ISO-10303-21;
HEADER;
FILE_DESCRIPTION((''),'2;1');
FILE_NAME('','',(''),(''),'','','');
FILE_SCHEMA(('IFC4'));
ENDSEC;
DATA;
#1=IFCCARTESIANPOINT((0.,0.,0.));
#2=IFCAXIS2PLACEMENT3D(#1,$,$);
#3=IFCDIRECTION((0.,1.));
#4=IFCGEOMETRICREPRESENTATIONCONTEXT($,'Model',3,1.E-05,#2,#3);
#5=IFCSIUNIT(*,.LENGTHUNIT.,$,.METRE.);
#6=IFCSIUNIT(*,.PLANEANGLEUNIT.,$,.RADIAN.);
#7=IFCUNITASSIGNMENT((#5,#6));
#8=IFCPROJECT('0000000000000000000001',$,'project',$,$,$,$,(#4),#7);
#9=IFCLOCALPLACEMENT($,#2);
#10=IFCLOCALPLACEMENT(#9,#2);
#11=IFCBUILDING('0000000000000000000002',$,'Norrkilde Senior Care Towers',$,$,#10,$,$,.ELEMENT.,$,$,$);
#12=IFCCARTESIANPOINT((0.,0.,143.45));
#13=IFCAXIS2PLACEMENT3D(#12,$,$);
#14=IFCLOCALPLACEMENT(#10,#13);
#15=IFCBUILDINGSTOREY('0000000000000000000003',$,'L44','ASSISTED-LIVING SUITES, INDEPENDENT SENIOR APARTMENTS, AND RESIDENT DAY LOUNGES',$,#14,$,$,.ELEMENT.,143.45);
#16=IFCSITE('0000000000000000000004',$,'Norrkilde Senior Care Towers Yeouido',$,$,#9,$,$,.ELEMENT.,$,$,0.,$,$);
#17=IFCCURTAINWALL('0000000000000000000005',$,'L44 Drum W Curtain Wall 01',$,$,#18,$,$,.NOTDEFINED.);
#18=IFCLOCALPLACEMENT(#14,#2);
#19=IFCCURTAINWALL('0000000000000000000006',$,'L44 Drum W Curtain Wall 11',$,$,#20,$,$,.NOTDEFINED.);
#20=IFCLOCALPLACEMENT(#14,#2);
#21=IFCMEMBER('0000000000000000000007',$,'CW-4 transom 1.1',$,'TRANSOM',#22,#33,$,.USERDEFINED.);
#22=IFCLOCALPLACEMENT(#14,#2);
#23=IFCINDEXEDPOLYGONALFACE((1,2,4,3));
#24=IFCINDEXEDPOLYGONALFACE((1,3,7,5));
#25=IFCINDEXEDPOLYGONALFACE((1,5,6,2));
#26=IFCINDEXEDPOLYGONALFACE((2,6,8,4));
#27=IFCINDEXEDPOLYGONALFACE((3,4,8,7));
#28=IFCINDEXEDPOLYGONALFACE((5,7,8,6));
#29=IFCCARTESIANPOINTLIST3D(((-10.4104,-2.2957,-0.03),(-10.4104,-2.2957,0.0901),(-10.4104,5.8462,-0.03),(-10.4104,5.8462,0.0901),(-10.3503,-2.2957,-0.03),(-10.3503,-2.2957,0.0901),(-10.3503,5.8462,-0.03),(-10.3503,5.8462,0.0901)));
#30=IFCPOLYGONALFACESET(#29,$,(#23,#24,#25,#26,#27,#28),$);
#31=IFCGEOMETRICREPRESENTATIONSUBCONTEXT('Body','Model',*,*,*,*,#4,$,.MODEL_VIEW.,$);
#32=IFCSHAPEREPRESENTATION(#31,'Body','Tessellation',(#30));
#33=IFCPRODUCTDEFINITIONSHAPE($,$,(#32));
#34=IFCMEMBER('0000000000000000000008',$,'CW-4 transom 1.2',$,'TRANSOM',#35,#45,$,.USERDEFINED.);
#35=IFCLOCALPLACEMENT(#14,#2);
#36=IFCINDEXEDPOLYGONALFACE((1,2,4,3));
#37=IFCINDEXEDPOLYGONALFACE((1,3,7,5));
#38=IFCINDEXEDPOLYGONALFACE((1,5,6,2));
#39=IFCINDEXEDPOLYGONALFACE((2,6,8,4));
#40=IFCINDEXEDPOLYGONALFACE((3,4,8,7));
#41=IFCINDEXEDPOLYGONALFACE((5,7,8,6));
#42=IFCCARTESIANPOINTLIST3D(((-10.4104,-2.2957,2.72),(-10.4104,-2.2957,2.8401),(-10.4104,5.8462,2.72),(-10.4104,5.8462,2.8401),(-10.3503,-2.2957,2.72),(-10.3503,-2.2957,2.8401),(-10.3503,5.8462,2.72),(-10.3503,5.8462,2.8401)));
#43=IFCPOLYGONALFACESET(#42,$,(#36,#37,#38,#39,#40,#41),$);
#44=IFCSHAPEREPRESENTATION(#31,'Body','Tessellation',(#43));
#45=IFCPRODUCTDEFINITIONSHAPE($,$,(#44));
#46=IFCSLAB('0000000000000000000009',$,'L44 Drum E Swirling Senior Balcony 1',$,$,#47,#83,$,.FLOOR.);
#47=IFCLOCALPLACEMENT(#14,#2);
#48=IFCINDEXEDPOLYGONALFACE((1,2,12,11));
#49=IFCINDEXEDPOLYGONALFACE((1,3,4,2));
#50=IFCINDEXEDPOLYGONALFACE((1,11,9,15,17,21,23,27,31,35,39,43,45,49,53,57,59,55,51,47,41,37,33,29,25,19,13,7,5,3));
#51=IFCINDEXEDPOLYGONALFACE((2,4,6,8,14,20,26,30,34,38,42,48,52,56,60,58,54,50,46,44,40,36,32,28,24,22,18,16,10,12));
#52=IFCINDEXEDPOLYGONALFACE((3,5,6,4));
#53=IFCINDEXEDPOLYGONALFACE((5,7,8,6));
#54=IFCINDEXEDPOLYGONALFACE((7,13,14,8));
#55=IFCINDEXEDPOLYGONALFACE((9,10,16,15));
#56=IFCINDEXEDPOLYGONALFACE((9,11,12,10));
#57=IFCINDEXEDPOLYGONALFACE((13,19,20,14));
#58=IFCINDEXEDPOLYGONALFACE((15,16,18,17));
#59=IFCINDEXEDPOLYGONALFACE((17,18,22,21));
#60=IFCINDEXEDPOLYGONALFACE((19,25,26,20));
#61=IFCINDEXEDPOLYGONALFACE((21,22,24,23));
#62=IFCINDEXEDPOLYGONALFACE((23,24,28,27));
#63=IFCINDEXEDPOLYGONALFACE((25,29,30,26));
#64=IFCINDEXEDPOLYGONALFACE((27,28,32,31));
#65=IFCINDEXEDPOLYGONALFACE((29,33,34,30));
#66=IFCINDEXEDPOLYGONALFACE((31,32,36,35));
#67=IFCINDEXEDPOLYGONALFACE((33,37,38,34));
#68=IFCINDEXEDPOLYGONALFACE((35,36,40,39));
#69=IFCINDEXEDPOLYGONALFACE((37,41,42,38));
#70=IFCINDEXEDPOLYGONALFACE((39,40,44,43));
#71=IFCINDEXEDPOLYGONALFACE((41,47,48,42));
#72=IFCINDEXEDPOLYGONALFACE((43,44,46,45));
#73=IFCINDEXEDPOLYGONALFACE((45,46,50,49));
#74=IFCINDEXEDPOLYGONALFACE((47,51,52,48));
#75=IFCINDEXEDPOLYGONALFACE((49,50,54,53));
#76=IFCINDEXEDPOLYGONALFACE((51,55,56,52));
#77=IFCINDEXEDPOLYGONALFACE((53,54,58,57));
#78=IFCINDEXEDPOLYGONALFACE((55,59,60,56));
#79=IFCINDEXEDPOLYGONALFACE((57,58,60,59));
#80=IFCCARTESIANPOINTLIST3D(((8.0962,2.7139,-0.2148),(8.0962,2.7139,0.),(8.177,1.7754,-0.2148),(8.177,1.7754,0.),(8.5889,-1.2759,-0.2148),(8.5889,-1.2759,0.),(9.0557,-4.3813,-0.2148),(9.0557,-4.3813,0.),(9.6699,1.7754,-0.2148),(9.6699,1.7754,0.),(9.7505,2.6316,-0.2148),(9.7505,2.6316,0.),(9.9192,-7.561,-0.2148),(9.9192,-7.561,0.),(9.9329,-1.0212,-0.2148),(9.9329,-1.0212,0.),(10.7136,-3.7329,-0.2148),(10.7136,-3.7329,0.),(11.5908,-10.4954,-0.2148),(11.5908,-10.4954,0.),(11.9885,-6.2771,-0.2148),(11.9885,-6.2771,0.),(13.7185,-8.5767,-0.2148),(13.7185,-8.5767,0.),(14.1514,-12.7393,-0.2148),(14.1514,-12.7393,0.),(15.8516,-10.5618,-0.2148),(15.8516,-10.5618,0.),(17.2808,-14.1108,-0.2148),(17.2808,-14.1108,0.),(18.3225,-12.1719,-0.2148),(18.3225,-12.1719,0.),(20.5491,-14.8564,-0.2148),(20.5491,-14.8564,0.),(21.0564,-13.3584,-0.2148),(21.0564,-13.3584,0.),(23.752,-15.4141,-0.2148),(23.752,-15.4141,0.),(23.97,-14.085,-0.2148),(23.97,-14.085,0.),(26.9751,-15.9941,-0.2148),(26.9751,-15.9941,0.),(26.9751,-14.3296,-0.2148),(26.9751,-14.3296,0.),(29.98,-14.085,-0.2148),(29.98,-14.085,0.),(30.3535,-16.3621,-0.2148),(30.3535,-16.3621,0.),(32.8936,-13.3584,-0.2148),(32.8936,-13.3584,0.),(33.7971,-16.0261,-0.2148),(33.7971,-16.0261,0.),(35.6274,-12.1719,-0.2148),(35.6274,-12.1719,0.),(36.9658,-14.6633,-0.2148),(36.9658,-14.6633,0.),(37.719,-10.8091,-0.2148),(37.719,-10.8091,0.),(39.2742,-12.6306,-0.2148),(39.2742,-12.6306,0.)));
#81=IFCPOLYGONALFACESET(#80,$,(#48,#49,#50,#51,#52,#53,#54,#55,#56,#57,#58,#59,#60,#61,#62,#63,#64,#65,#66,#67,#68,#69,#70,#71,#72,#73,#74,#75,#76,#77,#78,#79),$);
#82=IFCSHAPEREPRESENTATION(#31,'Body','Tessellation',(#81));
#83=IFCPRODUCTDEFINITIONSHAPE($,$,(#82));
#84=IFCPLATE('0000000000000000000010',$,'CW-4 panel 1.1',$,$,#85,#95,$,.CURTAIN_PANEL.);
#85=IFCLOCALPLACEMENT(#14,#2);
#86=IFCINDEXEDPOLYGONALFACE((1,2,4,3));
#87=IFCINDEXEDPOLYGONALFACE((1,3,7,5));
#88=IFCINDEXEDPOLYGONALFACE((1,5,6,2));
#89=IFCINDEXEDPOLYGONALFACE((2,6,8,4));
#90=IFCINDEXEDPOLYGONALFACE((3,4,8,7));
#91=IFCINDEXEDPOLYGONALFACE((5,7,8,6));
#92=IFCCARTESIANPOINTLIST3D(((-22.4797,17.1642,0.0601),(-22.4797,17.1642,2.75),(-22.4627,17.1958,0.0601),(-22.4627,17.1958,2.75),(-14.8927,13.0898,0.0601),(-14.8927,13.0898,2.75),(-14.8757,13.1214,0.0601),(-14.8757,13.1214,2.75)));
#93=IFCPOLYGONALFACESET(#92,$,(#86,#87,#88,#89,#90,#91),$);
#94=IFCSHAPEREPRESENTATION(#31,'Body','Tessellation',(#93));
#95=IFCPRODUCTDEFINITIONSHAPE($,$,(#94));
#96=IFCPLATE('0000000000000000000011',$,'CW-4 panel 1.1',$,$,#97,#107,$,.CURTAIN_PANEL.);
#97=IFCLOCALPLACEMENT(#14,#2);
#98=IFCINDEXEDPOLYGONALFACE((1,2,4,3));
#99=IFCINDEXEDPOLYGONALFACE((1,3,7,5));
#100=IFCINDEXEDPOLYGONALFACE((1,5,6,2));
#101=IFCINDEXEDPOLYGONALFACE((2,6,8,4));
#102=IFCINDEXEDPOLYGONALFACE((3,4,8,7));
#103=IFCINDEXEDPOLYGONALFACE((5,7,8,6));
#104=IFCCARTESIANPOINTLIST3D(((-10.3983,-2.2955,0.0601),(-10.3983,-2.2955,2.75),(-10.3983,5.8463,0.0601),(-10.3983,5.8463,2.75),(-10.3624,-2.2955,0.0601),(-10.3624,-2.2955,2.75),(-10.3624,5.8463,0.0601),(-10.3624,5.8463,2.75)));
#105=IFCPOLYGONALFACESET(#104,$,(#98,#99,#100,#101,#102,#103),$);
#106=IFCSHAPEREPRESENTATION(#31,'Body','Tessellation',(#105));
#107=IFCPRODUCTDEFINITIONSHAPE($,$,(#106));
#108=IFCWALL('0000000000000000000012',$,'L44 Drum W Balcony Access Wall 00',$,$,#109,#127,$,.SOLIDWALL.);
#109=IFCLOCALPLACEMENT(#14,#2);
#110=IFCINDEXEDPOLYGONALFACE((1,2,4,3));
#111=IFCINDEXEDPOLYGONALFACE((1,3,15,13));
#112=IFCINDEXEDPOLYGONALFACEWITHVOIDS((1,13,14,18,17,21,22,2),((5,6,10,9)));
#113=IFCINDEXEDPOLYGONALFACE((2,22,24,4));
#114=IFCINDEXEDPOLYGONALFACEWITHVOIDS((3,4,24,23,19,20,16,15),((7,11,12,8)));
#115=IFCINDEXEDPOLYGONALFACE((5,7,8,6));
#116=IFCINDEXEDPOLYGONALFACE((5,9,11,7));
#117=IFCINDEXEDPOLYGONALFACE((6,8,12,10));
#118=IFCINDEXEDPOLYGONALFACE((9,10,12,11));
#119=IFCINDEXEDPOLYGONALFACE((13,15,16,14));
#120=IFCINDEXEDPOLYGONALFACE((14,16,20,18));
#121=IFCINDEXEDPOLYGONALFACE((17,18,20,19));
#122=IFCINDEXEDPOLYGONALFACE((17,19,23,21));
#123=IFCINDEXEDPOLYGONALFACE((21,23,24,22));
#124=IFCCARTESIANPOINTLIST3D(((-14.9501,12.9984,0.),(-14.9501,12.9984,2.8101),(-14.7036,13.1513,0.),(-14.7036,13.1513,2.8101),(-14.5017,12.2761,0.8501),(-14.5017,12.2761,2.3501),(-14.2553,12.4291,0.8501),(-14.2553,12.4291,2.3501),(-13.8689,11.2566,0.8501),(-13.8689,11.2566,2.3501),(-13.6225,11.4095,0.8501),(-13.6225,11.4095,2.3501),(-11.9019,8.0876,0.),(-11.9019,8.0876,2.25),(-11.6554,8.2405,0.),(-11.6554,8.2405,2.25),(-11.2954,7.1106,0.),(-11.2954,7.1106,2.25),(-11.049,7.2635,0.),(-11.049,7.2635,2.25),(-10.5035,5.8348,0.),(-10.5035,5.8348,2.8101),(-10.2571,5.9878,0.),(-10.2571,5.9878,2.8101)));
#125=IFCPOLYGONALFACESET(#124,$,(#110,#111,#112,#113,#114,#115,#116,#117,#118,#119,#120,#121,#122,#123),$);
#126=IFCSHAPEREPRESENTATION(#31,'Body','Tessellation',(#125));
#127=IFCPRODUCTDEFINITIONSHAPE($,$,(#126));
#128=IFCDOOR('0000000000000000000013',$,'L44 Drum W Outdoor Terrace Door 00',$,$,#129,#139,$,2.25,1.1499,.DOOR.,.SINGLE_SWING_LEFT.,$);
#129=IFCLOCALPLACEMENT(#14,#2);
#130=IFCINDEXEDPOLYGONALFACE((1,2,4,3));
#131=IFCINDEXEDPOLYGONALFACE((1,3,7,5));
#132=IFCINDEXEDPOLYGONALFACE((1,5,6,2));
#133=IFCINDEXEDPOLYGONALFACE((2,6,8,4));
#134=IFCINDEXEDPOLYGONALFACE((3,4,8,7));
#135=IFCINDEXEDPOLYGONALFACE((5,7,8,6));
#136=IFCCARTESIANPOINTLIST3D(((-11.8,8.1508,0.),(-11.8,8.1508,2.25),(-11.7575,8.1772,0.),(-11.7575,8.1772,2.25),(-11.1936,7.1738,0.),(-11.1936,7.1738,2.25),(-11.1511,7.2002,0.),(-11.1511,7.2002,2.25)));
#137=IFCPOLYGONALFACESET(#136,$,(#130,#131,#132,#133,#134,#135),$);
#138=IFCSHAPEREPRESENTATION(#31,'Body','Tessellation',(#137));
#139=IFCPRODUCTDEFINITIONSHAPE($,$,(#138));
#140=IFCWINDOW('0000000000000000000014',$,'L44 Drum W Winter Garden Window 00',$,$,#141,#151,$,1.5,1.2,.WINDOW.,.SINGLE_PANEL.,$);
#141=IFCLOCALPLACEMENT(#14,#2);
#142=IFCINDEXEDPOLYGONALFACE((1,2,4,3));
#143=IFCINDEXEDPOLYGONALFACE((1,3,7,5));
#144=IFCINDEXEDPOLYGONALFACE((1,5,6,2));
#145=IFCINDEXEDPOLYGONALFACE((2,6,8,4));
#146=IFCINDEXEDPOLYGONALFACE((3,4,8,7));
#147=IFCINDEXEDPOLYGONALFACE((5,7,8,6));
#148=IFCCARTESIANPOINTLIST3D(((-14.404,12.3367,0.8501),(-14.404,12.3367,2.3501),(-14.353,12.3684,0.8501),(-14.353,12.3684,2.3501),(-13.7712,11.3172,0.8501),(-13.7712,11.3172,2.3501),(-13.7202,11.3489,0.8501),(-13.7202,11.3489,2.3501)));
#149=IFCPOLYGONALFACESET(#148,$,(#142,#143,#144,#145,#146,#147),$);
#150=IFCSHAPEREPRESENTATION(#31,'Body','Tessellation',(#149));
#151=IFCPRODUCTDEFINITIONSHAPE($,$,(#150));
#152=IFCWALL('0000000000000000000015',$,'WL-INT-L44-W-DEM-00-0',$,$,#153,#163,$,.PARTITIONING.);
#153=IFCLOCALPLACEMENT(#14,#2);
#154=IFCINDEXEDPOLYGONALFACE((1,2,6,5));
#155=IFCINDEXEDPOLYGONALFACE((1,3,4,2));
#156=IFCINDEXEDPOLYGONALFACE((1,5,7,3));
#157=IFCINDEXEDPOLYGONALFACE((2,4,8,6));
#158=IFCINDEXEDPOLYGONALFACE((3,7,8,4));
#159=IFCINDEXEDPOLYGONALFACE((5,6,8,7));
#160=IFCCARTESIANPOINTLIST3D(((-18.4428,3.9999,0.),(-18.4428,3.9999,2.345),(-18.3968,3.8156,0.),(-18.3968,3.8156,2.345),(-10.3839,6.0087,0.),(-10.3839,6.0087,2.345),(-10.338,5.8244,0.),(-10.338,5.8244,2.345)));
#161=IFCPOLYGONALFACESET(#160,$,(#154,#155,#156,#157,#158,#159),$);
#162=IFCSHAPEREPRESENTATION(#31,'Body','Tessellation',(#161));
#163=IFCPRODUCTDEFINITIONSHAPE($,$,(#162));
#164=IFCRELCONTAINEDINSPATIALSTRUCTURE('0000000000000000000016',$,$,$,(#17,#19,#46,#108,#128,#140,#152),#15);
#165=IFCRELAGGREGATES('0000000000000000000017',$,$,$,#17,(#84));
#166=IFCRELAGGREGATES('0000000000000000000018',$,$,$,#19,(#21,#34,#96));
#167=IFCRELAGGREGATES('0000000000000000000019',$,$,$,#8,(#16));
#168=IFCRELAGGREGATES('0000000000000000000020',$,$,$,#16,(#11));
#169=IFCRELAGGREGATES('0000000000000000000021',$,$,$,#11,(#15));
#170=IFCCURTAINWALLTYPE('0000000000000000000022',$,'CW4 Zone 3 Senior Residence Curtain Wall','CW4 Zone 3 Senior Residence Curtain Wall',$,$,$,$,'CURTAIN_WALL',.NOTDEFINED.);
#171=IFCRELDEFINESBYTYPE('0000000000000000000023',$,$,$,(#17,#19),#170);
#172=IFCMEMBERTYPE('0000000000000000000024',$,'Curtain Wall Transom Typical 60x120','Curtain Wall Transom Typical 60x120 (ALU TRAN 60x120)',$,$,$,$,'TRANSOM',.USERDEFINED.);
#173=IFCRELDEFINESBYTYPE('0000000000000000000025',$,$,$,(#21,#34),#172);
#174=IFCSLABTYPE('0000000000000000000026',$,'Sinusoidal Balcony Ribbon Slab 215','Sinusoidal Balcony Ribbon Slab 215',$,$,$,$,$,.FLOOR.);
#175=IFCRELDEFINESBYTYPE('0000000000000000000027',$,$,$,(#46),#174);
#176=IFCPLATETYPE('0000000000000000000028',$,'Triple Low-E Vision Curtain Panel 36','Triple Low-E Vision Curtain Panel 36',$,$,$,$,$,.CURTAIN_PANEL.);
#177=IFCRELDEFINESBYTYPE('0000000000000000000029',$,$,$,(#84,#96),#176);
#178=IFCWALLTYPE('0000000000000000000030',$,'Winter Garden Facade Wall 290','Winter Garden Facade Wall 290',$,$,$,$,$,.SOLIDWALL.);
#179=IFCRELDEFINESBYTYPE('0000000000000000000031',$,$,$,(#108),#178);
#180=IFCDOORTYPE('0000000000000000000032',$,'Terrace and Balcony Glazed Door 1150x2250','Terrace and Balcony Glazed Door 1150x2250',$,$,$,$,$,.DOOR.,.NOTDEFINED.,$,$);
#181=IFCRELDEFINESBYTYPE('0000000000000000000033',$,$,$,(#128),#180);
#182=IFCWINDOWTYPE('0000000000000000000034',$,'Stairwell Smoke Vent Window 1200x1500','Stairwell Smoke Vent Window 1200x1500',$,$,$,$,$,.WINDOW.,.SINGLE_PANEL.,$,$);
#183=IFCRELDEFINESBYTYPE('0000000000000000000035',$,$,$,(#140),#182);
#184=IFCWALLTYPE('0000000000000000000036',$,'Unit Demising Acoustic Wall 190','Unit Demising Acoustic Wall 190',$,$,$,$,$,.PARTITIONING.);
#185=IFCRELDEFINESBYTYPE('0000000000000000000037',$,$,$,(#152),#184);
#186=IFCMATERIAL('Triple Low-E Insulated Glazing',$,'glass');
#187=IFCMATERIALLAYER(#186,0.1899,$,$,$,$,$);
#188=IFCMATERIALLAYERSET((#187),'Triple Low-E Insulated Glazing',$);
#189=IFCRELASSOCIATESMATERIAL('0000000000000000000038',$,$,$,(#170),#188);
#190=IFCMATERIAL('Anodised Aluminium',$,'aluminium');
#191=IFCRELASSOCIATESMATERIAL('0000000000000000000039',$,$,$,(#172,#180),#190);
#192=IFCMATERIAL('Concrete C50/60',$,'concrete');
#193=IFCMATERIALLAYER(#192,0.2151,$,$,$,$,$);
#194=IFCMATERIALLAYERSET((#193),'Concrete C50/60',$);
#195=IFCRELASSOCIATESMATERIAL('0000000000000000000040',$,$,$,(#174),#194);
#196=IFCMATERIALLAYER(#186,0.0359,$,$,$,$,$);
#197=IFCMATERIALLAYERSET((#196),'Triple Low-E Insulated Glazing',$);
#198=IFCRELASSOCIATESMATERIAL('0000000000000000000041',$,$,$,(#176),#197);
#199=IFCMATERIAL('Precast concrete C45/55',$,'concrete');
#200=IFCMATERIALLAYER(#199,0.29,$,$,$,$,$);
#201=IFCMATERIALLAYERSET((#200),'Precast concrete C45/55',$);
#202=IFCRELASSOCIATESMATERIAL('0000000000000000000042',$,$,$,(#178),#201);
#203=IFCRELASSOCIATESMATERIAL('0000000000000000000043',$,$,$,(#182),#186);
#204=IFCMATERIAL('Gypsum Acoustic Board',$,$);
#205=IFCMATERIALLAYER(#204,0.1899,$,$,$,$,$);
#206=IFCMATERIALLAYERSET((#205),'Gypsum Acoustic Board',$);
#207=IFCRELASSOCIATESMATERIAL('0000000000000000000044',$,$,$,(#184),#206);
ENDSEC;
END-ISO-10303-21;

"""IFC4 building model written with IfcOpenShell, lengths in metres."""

from ifc_helpers import new_model, si_unit, direction, frame, frame_2d, origin, origin_2d, place, context, subcontext, project, spatial, polyline, rectangle, outline, extrude, source, transform, mapped, material, layer, layer_set, material_profile, profile_set, type_object, type_shapes, element, fill, aggregate, save


model = new_model("IFC4")

# Units and contexts
model_context = context("Model", 3, precision=1e-05, world=origin(), true_north=direction((0.0, 1.0)))
body_context = subcontext(model_context, "Body", "Model", "MODEL_VIEW")
ifc_project = project(units=[si_unit("LENGTHUNIT", "METRE"), si_unit("PLANEANGLEUNIT", "RADIAN")], contexts=[model_context])

# Site, building, storey
site_placement = place(None, origin())
site = spatial("IfcSite", under=ifc_project, at=site_placement, Name="Norrkilde Senior Care Towers Yeouido", CompositionType="ELEMENT", RefElevation=0.0)
building_placement = place(site_placement, origin())
building = spatial("IfcBuilding", under=site, at=building_placement, Name="Norrkilde Senior Care Towers", CompositionType="ELEMENT")
storey_placement = place(building_placement, frame((0.0, 0.0, 143.45)))
storey = spatial("IfcBuildingStorey", under=building, at=storey_placement, Name="L44", Description="ASSISTED-LIVING SUITES, INDEPENDENT SENIOR APARTMENTS, AND RESIDENT DAY LOUNGES", CompositionType="ELEMENT", Elevation=143.45)

# Shared definitions
ifc_material_1 = material(Name="Concrete C50/60", Category="concrete")

# Curtain wall
ifc_material_2 = material(Name="Triple Low-E Insulated Glazing", Category="glass")
ifc_layer_1 = layer(ifc_material_2, 0.1899)
ifc_layer_set_1 = layer_set([ifc_layer_1], Name="Triple Low-E Insulated Glazing")
curtain_wall_type = type_object("IfcCurtainWallType", Name="CW4 Zone 3 Senior Residence Curtain Wall", Description="CW4 Zone 3 Senior Residence Curtain Wall", ElementType="CURTAIN_WALL", PredefinedType="NOTDEFINED", material=ifc_layer_set_1)
curtain_wall_1_placement = place(storey_placement, origin())
curtain_wall_1 = element("IfcCurtainWall", 1, at=curtain_wall_1_placement, inside=storey, type_object=curtain_wall_type, Name="L44 Drum W Curtain Wall 01", PredefinedType="NOTDEFINED")
ifc_material_3 = material(Name="Anodised Aluminium", Category="aluminium")

# Curtain wall, members
curtain_wall_2_placement = place(storey_placement, origin())
curtain_wall_2 = element("IfcCurtainWall", 2, at=curtain_wall_2_placement, inside=storey, type_object=curtain_wall_type, Name="L44 Drum W Curtain Wall 11", PredefinedType="NOTDEFINED")
ifc_material_profile_1 = material_profile(ifc_material_3, rectangle(XDim=0.0601, YDim=0.1201, at=origin_2d()), Name="ALU TRAN 60x120")
ifc_profile_set_1 = profile_set([ifc_material_profile_1], Name="Anodised Aluminium")
member_type_1 = type_object("IfcMemberType", Name="Curtain Wall Transom Typical 60x120", Description="Curtain Wall Transom Typical 60x120 (ALU TRAN 60x120)", ElementType="TRANSOM", PredefinedType="USERDEFINED", material=ifc_profile_set_1)
shared_shape_1 = source(origin(), body_context, "Body", "SweptSolid", [
    extrude(rectangle(XDim=0.0601, YDim=0.1201, at=origin_2d()), origin(), (0.0, 0.0, 1.0), 8.1418),
])
type_shapes(member_type_1, [shared_shape_1])
member_1_placement = place(storey_placement, frame((-10.3804, 5.8462, 0.03), z_axis=(0.0, -1.0, 0.0), x_axis=(1.0, 0.0, 0.0)))
member_1 = element("IfcMember", 3, at=member_1_placement, type_object=member_type_1, Name="CW-4 transom 1.1", ObjectType="TRANSOM", PredefinedType="USERDEFINED", context=body_context, shape_type="MappedRepresentation", body=[
    mapped(shared_shape_1, transform((0.0, 0.0, 0.0), x_axis=(1.0, 0.0, 0.0), y_axis=(0.0, 1.0, 0.0), z_axis=(0.0, 0.0, 1.0), scale=1.0)),
])
member_2_placement = place(storey_placement, frame((-10.3804, 5.8462, 2.78), z_axis=(0.0, -1.0, 0.0), x_axis=(1.0, 0.0, 0.0)))
member_2 = element("IfcMember", 4, at=member_2_placement, type_object=member_type_1, Name="CW-4 transom 1.2", ObjectType="TRANSOM", PredefinedType="USERDEFINED", context=body_context, shape_type="MappedRepresentation", body=[
    mapped(shared_shape_1, transform((0.0, 0.0, 0.0), x_axis=(1.0, 0.0, 0.0), y_axis=(0.0, 1.0, 0.0), z_axis=(0.0, 0.0, 1.0), scale=1.0)),
])

# Slab
ifc_layer_2 = layer(ifc_material_1, 0.2151)
ifc_layer_set_2 = layer_set([ifc_layer_2], Name="Concrete C50/60")
slab_type = type_object("IfcSlabType", Name="Sinusoidal Balcony Ribbon Slab 215", Description="Sinusoidal Balcony Ribbon Slab 215", PredefinedType="FLOOR", material=ifc_layer_set_2)
slab_placement = place(storey_placement, frame((0.0, 0.0, -0.2148)))
element("IfcSlab", 5, at=slab_placement, inside=storey, type_object=slab_type, Name="L44 Drum E Swirling Senior Balcony 1", PredefinedType="FLOOR", context=body_context, shape_type="SweptSolid", body=[
    extrude(outline(polyline([(33.7971, -16.0261), (30.3535, -16.3621), (26.9751, -15.9941), (23.752, -15.4141), (20.5491, -14.8564), (17.2808, -14.1108), (14.1514, -12.7393), (11.5908, -10.4954), (9.9192, -7.561), (9.0557, -4.3813), (8.5889, -1.2759), (8.177, 1.7754), (8.0962, 2.7139), (9.7505, 2.6316), (9.6699, 1.7754), (9.9329, -1.0212), (10.7136, -3.7329), (11.9885, -6.2771), (13.7185, -8.5767), (15.8516, -10.5618), (18.3225, -12.1719), (21.0564, -13.3584), (23.97, -14.085), (26.9751, -14.3296), (29.98, -14.085), (32.8936, -13.3584), (35.6274, -12.1719), (37.719, -10.8091), (39.2742, -12.6306), (36.9658, -14.6633), (33.7971, -16.0261)])), origin(), (0.0, 0.0, 1.0), 0.2148),
])

# Plates
ifc_layer_3 = layer(ifc_material_2, 0.0359)
ifc_layer_set_3 = layer_set([ifc_layer_3], Name="Triple Low-E Insulated Glazing")
plate_type = type_object("IfcPlateType", Name="Triple Low-E Vision Curtain Panel 36", Description="Triple Low-E Vision Curtain Panel 36", PredefinedType="CURTAIN_PANEL", material=ifc_layer_set_3)
shared_shape_2 = source(origin(), body_context, "Body", "SweptSolid", [
    extrude(rectangle(XDim=8.6118, YDim=0.0359, at=origin_2d()), origin(), (0.0, 0.0, 1.0), 2.6899),
])
plate_1_placement = place(storey_placement, frame((-18.6777, 15.1428, 0.0601), z_axis=(0.0, 0.0, 1.0), x_axis=(0.881, -0.473117, 0.0)))
plate_1 = element("IfcPlate", 6, at=plate_1_placement, type_object=plate_type, Name="CW-4 panel 1.1", PredefinedType="CURTAIN_PANEL", context=body_context, shape_type="MappedRepresentation", body=[
    mapped(shared_shape_2, transform((0.0, 0.0, 0.0), x_axis=(1.0, 0.0, 0.0), y_axis=(0.0, 1.0, 0.0), z_axis=(0.0, 0.0, 1.0), scale=1.0)),
])
aggregate(curtain_wall_1, [plate_1])
shared_shape_3 = source(origin(), body_context, "Body", "SweptSolid", [
    extrude(rectangle(XDim=8.1418, YDim=0.0359, at=origin_2d()), origin(), (0.0, 0.0, 1.0), 2.6899),
])
type_shapes(plate_type, [shared_shape_2, shared_shape_3])
plate_2_placement = place(storey_placement, frame((-10.3804, 1.7754, 0.0601), z_axis=(0.0, 0.0, 1.0), x_axis=(0.0, -1.0, 0.0)))
plate_2 = element("IfcPlate", 7, at=plate_2_placement, type_object=plate_type, Name="CW-4 panel 1.1", PredefinedType="CURTAIN_PANEL", context=body_context, shape_type="MappedRepresentation", body=[
    mapped(shared_shape_3, transform((0.0, 0.0, 0.0), x_axis=(1.0, 0.0, 0.0), y_axis=(0.0, 1.0, 0.0), z_axis=(0.0, 0.0, 1.0), scale=1.0)),
])
aggregate(curtain_wall_2, [member_1, member_2, plate_2])

# Wall, openings, door, window
ifc_material_4 = material(Name="Precast concrete C45/55", Category="concrete")
ifc_layer_4 = layer(ifc_material_4, 0.29)
ifc_layer_set_4 = layer_set([ifc_layer_4], Name="Precast concrete C45/55")
wall_type_1 = type_object("IfcWallType", Name="Winter Garden Facade Wall 290", Description="Winter Garden Facade Wall 290", PredefinedType="SOLIDWALL", material=ifc_layer_set_4)
shared_shape_4 = source(origin(), body_context, "Body", "SweptSolid", [
    extrude(rectangle(XDim=8.4314, YDim=0.29, at=frame_2d((4.2158, 0.0))), origin(), (0.0, 0.0, 1.0), 2.8101),
])
type_shapes(wall_type_1, [shared_shape_4])
wall_1_placement = place(storey_placement, frame((-14.8269, 13.075, 0.0), z_axis=(0.0, 0.0, 1.0), x_axis=(0.527378, -0.849631, 0.0)))
wall_1 = element("IfcWall", 8, at=wall_1_placement, inside=storey, type_object=wall_type_1, Name="L44 Drum W Balcony Access Wall 00", PredefinedType="SOLIDWALL", context=body_context, shape_type="MappedRepresentation", body=[
    mapped(shared_shape_4, transform((0.0, 0.0, 0.0), x_axis=(1.0, 0.0, 0.0), y_axis=(0.0, 1.0, 0.0), z_axis=(0.0, 0.0, 1.0), scale=1.0)),
])
opening_1_placement = place(wall_1_placement, frame((5.78, 0.0, 0.0)))
opening_1 = element("IfcOpeningElement", 9, at=opening_1_placement, cuts=wall_1, PredefinedType="OPENING", context=body_context, shape_type="SweptSolid", body=[
    extrude(rectangle(XDim=1.1499, YDim=2.25, at=frame_2d((0.575, 1.125))), frame((0.0, 0.155, 0.0), z_axis=(0.0, -1.0, 0.0), x_axis=(1.0, 0.0, 0.0)), (0.0, 0.0, 1.0), 0.3101),
])
opening_2_placement = place(wall_1_placement, frame((0.8501, 0.0, 0.8501)))
opening_2 = element("IfcOpeningElement", 10, at=opening_2_placement, cuts=wall_1, PredefinedType="OPENING", context=body_context, shape_type="SweptSolid", body=[
    extrude(rectangle(XDim=1.2, YDim=1.5, at=frame_2d((0.6001, 0.75))), frame((0.0, 0.155, 0.0), z_axis=(0.0, -1.0, 0.0), x_axis=(1.0, 0.0, 0.0)), (0.0, 0.0, 1.0), 0.3101),
])
door_type_1 = type_object("IfcDoorType", Name="Terrace and Balcony Glazed Door 1150x2250", Description="Terrace and Balcony Glazed Door 1150x2250", OperationType="NOTDEFINED", PredefinedType="DOOR", material=ifc_material_3)
shared_shape_5 = source(origin(), body_context, "Body", "SweptSolid", [
    extrude(rectangle(XDim=1.1499, YDim=2.25, at=frame_2d((0.575, 1.125))), frame((0.0, 0.0249, 0.0), z_axis=(0.0, -1.0, 0.0), x_axis=(1.0, 0.0, 0.0)), (0.0, 0.0, 1.0), 0.05),
])
type_shapes(door_type_1, [shared_shape_5])
door_1_placement = place(opening_1_placement, origin())
door_1 = element("IfcDoor", 11, at=door_1_placement, inside=storey, type_object=door_type_1, Name="L44 Drum W Outdoor Terrace Door 00", OperationType="SINGLE_SWING_LEFT", OverallHeight=2.25, OverallWidth=1.1499, PredefinedType="DOOR", context=body_context, shape_type="MappedRepresentation", body=[
    mapped(shared_shape_5, transform((0.0, 0.0, 0.0), x_axis=(1.0, 0.0, 0.0), y_axis=(0.0, 1.0, 0.0), z_axis=(0.0, 0.0, 1.0), scale=1.0)),
])
fill(opening_1, door_1)
window_type = type_object("IfcWindowType", Name="Stairwell Smoke Vent Window 1200x1500", Description="Stairwell Smoke Vent Window 1200x1500", PartitioningType="SINGLE_PANEL", PredefinedType="WINDOW", material=ifc_material_2)
shared_shape_6 = source(origin(), body_context, "Body", "SweptSolid", [
    extrude(rectangle(XDim=1.2, YDim=1.5, at=frame_2d((0.6001, 0.75))), frame((0.0, 0.03, 0.0), z_axis=(0.0, -1.0, 0.0), x_axis=(1.0, 0.0, 0.0)), (0.0, 0.0, 1.0), 0.0601),
])
type_shapes(window_type, [shared_shape_6])
window_placement = place(opening_2_placement, origin())
window = element("IfcWindow", 12, at=window_placement, inside=storey, type_object=window_type, Name="L44 Drum W Winter Garden Window 00", OverallHeight=1.5, OverallWidth=1.2, PartitioningType="SINGLE_PANEL", PredefinedType="WINDOW", context=body_context, shape_type="MappedRepresentation", body=[
    mapped(shared_shape_6, transform((0.0, 0.0, 0.0), x_axis=(1.0, 0.0, 0.0), y_axis=(0.0, 1.0, 0.0), z_axis=(0.0, 0.0, 1.0), scale=1.0)),
])
fill(opening_2, window)

# Wall
ifc_material_5 = material(Name="Gypsum Acoustic Board")
ifc_layer_5 = layer(ifc_material_5, 0.1899)
ifc_layer_set_5 = layer_set([ifc_layer_5], Name="Gypsum Acoustic Board")
wall_type_2 = type_object("IfcWallType", Name="Unit Demising Acoustic Wall 190", Description="Unit Demising Acoustic Wall 190", PredefinedType="PARTITIONING", material=ifc_layer_set_5)
shared_shape_7 = source(origin(), body_context, "Body", "SweptSolid", [
    extrude(rectangle(XDim=8.3054, YDim=0.1899, at=frame_2d((4.1528, 0.0))), origin(), (0.0, 0.0, 1.0), 2.345),
])
wall_2_placement = place(storey_placement, frame((-18.4199, 3.9077, 0.0), z_axis=(0.0, 0.0, 1.0), x_axis=(0.97031, 0.241865, 0.0)))
element("IfcWall", 13, at=wall_2_placement, inside=storey, type_object=wall_type_2, Name="WL-INT-L44-W-DEM-00-0", PredefinedType="PARTITIONING", context=body_context, shape_type="MappedRepresentation", body=[
    mapped(shared_shape_7, transform((0.0, 0.0, 0.0), x_axis=(1.0, 0.0, 0.0), y_axis=(0.0, 1.0, 0.0), z_axis=(0.0, 0.0, 1.0), scale=1.0)),
])

save(model, "model.ifc")
